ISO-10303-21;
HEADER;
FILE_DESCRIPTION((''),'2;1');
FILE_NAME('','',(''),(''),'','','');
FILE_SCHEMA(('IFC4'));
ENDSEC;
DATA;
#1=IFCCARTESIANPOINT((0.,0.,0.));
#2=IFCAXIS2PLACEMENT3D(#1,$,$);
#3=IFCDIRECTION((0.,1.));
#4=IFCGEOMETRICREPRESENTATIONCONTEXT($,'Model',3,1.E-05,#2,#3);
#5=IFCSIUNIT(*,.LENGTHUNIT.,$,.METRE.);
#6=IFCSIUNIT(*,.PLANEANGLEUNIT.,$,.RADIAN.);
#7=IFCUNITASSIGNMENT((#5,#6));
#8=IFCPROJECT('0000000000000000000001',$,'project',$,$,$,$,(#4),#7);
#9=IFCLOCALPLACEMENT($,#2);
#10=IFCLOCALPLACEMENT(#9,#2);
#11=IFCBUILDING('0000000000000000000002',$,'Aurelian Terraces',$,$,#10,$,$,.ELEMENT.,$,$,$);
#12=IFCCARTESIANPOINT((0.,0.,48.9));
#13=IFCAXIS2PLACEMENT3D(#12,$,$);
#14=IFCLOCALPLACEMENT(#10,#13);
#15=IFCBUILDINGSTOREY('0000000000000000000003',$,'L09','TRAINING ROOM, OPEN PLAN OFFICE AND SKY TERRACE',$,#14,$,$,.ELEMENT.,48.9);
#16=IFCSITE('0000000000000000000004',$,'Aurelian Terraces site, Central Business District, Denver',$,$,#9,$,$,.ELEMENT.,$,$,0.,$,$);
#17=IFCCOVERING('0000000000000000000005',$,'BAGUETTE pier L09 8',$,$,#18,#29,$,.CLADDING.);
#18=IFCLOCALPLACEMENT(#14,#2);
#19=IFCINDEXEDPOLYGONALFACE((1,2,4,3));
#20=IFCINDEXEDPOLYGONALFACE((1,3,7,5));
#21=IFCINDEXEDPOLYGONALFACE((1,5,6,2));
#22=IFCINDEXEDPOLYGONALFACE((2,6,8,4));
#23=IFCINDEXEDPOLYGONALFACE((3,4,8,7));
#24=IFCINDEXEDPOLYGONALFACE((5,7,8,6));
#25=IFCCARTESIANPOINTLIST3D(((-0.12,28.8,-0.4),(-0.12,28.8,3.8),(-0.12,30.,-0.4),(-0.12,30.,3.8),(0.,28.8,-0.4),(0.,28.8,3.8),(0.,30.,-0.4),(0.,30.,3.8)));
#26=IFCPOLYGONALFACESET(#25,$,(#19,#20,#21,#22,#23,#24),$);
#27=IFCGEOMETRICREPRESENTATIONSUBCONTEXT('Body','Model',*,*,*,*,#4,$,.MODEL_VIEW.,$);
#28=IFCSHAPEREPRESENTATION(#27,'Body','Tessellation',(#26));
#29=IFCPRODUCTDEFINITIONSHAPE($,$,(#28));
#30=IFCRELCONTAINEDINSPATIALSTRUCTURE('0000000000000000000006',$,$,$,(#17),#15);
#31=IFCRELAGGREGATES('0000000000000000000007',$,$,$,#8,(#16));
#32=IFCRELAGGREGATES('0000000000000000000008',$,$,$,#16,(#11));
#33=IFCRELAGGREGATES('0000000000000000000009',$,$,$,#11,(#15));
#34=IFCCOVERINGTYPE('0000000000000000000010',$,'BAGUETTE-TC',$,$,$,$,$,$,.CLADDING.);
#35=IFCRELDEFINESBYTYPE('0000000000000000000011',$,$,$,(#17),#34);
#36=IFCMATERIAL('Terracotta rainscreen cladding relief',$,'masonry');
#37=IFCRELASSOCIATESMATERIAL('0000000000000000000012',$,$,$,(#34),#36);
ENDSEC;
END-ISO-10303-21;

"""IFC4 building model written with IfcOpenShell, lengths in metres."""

from ifc_helpers import new_model, si_unit, direction, frame, origin, origin_2d, place, context, subcontext, project, spatial, rectangle, extrude, source, transform, mapped, material, type_object, element, save


model = new_model("IFC4")

# Units and contexts
model_context = context("Model", 3, precision=1e-05, world=origin(), true_north=direction((0.0, 1.0)))
body_context = subcontext(model_context, "Body", "Model", "MODEL_VIEW")
ifc_project = project(units=[si_unit("LENGTHUNIT", "METRE"), si_unit("PLANEANGLEUNIT", "RADIAN")], contexts=[model_context])

# Site, building, storey
site_placement = place(None, origin())
site = spatial("IfcSite", under=ifc_project, at=site_placement, Name="Aurelian Terraces site, Central Business District, Denver", CompositionType="ELEMENT", RefElevation=0.0)
building_placement = place(site_placement, origin())
building = spatial("IfcBuilding", under=site, at=building_placement, Name="Aurelian Terraces", CompositionType="ELEMENT")
storey_placement = place(building_placement, frame((0.0, 0.0, 48.9)))
storey = spatial("IfcBuildingStorey", under=building, at=storey_placement, Name="L09", Description="TRAINING ROOM, OPEN PLAN OFFICE AND SKY TERRACE", CompositionType="ELEMENT", Elevation=48.9)

# Covering
ifc_material_1 = material(Name="Terracotta rainscreen cladding relief", Category="masonry")
covering_type = type_object("IfcCoveringType", Name="BAGUETTE-TC", PredefinedType="CLADDING", material=ifc_material_1)
shared_shape_1 = source(origin(), body_context, "Body", "SweptSolid", [
    extrude(rectangle(XDim=0.12, YDim=1.2, at=origin_2d()), origin(), (0.0, 0.0, 1.0), 4.2),
])
covering_placement = place(storey_placement, frame((-0.06, 29.4, -0.4), z_axis=(0.0, 0.0, 1.0), x_axis=(1.0, 0.0, 0.0)))
element("IfcCovering", 1, at=covering_placement, inside=storey, type_object=covering_type, Name="BAGUETTE pier L09 8", PredefinedType="CLADDING", context=body_context, shape_type="MappedRepresentation", body=[
    mapped(shared_shape_1, transform((0.0, 0.0, 0.0), scale=1.0)),
])

save(model, "model.ifc")
